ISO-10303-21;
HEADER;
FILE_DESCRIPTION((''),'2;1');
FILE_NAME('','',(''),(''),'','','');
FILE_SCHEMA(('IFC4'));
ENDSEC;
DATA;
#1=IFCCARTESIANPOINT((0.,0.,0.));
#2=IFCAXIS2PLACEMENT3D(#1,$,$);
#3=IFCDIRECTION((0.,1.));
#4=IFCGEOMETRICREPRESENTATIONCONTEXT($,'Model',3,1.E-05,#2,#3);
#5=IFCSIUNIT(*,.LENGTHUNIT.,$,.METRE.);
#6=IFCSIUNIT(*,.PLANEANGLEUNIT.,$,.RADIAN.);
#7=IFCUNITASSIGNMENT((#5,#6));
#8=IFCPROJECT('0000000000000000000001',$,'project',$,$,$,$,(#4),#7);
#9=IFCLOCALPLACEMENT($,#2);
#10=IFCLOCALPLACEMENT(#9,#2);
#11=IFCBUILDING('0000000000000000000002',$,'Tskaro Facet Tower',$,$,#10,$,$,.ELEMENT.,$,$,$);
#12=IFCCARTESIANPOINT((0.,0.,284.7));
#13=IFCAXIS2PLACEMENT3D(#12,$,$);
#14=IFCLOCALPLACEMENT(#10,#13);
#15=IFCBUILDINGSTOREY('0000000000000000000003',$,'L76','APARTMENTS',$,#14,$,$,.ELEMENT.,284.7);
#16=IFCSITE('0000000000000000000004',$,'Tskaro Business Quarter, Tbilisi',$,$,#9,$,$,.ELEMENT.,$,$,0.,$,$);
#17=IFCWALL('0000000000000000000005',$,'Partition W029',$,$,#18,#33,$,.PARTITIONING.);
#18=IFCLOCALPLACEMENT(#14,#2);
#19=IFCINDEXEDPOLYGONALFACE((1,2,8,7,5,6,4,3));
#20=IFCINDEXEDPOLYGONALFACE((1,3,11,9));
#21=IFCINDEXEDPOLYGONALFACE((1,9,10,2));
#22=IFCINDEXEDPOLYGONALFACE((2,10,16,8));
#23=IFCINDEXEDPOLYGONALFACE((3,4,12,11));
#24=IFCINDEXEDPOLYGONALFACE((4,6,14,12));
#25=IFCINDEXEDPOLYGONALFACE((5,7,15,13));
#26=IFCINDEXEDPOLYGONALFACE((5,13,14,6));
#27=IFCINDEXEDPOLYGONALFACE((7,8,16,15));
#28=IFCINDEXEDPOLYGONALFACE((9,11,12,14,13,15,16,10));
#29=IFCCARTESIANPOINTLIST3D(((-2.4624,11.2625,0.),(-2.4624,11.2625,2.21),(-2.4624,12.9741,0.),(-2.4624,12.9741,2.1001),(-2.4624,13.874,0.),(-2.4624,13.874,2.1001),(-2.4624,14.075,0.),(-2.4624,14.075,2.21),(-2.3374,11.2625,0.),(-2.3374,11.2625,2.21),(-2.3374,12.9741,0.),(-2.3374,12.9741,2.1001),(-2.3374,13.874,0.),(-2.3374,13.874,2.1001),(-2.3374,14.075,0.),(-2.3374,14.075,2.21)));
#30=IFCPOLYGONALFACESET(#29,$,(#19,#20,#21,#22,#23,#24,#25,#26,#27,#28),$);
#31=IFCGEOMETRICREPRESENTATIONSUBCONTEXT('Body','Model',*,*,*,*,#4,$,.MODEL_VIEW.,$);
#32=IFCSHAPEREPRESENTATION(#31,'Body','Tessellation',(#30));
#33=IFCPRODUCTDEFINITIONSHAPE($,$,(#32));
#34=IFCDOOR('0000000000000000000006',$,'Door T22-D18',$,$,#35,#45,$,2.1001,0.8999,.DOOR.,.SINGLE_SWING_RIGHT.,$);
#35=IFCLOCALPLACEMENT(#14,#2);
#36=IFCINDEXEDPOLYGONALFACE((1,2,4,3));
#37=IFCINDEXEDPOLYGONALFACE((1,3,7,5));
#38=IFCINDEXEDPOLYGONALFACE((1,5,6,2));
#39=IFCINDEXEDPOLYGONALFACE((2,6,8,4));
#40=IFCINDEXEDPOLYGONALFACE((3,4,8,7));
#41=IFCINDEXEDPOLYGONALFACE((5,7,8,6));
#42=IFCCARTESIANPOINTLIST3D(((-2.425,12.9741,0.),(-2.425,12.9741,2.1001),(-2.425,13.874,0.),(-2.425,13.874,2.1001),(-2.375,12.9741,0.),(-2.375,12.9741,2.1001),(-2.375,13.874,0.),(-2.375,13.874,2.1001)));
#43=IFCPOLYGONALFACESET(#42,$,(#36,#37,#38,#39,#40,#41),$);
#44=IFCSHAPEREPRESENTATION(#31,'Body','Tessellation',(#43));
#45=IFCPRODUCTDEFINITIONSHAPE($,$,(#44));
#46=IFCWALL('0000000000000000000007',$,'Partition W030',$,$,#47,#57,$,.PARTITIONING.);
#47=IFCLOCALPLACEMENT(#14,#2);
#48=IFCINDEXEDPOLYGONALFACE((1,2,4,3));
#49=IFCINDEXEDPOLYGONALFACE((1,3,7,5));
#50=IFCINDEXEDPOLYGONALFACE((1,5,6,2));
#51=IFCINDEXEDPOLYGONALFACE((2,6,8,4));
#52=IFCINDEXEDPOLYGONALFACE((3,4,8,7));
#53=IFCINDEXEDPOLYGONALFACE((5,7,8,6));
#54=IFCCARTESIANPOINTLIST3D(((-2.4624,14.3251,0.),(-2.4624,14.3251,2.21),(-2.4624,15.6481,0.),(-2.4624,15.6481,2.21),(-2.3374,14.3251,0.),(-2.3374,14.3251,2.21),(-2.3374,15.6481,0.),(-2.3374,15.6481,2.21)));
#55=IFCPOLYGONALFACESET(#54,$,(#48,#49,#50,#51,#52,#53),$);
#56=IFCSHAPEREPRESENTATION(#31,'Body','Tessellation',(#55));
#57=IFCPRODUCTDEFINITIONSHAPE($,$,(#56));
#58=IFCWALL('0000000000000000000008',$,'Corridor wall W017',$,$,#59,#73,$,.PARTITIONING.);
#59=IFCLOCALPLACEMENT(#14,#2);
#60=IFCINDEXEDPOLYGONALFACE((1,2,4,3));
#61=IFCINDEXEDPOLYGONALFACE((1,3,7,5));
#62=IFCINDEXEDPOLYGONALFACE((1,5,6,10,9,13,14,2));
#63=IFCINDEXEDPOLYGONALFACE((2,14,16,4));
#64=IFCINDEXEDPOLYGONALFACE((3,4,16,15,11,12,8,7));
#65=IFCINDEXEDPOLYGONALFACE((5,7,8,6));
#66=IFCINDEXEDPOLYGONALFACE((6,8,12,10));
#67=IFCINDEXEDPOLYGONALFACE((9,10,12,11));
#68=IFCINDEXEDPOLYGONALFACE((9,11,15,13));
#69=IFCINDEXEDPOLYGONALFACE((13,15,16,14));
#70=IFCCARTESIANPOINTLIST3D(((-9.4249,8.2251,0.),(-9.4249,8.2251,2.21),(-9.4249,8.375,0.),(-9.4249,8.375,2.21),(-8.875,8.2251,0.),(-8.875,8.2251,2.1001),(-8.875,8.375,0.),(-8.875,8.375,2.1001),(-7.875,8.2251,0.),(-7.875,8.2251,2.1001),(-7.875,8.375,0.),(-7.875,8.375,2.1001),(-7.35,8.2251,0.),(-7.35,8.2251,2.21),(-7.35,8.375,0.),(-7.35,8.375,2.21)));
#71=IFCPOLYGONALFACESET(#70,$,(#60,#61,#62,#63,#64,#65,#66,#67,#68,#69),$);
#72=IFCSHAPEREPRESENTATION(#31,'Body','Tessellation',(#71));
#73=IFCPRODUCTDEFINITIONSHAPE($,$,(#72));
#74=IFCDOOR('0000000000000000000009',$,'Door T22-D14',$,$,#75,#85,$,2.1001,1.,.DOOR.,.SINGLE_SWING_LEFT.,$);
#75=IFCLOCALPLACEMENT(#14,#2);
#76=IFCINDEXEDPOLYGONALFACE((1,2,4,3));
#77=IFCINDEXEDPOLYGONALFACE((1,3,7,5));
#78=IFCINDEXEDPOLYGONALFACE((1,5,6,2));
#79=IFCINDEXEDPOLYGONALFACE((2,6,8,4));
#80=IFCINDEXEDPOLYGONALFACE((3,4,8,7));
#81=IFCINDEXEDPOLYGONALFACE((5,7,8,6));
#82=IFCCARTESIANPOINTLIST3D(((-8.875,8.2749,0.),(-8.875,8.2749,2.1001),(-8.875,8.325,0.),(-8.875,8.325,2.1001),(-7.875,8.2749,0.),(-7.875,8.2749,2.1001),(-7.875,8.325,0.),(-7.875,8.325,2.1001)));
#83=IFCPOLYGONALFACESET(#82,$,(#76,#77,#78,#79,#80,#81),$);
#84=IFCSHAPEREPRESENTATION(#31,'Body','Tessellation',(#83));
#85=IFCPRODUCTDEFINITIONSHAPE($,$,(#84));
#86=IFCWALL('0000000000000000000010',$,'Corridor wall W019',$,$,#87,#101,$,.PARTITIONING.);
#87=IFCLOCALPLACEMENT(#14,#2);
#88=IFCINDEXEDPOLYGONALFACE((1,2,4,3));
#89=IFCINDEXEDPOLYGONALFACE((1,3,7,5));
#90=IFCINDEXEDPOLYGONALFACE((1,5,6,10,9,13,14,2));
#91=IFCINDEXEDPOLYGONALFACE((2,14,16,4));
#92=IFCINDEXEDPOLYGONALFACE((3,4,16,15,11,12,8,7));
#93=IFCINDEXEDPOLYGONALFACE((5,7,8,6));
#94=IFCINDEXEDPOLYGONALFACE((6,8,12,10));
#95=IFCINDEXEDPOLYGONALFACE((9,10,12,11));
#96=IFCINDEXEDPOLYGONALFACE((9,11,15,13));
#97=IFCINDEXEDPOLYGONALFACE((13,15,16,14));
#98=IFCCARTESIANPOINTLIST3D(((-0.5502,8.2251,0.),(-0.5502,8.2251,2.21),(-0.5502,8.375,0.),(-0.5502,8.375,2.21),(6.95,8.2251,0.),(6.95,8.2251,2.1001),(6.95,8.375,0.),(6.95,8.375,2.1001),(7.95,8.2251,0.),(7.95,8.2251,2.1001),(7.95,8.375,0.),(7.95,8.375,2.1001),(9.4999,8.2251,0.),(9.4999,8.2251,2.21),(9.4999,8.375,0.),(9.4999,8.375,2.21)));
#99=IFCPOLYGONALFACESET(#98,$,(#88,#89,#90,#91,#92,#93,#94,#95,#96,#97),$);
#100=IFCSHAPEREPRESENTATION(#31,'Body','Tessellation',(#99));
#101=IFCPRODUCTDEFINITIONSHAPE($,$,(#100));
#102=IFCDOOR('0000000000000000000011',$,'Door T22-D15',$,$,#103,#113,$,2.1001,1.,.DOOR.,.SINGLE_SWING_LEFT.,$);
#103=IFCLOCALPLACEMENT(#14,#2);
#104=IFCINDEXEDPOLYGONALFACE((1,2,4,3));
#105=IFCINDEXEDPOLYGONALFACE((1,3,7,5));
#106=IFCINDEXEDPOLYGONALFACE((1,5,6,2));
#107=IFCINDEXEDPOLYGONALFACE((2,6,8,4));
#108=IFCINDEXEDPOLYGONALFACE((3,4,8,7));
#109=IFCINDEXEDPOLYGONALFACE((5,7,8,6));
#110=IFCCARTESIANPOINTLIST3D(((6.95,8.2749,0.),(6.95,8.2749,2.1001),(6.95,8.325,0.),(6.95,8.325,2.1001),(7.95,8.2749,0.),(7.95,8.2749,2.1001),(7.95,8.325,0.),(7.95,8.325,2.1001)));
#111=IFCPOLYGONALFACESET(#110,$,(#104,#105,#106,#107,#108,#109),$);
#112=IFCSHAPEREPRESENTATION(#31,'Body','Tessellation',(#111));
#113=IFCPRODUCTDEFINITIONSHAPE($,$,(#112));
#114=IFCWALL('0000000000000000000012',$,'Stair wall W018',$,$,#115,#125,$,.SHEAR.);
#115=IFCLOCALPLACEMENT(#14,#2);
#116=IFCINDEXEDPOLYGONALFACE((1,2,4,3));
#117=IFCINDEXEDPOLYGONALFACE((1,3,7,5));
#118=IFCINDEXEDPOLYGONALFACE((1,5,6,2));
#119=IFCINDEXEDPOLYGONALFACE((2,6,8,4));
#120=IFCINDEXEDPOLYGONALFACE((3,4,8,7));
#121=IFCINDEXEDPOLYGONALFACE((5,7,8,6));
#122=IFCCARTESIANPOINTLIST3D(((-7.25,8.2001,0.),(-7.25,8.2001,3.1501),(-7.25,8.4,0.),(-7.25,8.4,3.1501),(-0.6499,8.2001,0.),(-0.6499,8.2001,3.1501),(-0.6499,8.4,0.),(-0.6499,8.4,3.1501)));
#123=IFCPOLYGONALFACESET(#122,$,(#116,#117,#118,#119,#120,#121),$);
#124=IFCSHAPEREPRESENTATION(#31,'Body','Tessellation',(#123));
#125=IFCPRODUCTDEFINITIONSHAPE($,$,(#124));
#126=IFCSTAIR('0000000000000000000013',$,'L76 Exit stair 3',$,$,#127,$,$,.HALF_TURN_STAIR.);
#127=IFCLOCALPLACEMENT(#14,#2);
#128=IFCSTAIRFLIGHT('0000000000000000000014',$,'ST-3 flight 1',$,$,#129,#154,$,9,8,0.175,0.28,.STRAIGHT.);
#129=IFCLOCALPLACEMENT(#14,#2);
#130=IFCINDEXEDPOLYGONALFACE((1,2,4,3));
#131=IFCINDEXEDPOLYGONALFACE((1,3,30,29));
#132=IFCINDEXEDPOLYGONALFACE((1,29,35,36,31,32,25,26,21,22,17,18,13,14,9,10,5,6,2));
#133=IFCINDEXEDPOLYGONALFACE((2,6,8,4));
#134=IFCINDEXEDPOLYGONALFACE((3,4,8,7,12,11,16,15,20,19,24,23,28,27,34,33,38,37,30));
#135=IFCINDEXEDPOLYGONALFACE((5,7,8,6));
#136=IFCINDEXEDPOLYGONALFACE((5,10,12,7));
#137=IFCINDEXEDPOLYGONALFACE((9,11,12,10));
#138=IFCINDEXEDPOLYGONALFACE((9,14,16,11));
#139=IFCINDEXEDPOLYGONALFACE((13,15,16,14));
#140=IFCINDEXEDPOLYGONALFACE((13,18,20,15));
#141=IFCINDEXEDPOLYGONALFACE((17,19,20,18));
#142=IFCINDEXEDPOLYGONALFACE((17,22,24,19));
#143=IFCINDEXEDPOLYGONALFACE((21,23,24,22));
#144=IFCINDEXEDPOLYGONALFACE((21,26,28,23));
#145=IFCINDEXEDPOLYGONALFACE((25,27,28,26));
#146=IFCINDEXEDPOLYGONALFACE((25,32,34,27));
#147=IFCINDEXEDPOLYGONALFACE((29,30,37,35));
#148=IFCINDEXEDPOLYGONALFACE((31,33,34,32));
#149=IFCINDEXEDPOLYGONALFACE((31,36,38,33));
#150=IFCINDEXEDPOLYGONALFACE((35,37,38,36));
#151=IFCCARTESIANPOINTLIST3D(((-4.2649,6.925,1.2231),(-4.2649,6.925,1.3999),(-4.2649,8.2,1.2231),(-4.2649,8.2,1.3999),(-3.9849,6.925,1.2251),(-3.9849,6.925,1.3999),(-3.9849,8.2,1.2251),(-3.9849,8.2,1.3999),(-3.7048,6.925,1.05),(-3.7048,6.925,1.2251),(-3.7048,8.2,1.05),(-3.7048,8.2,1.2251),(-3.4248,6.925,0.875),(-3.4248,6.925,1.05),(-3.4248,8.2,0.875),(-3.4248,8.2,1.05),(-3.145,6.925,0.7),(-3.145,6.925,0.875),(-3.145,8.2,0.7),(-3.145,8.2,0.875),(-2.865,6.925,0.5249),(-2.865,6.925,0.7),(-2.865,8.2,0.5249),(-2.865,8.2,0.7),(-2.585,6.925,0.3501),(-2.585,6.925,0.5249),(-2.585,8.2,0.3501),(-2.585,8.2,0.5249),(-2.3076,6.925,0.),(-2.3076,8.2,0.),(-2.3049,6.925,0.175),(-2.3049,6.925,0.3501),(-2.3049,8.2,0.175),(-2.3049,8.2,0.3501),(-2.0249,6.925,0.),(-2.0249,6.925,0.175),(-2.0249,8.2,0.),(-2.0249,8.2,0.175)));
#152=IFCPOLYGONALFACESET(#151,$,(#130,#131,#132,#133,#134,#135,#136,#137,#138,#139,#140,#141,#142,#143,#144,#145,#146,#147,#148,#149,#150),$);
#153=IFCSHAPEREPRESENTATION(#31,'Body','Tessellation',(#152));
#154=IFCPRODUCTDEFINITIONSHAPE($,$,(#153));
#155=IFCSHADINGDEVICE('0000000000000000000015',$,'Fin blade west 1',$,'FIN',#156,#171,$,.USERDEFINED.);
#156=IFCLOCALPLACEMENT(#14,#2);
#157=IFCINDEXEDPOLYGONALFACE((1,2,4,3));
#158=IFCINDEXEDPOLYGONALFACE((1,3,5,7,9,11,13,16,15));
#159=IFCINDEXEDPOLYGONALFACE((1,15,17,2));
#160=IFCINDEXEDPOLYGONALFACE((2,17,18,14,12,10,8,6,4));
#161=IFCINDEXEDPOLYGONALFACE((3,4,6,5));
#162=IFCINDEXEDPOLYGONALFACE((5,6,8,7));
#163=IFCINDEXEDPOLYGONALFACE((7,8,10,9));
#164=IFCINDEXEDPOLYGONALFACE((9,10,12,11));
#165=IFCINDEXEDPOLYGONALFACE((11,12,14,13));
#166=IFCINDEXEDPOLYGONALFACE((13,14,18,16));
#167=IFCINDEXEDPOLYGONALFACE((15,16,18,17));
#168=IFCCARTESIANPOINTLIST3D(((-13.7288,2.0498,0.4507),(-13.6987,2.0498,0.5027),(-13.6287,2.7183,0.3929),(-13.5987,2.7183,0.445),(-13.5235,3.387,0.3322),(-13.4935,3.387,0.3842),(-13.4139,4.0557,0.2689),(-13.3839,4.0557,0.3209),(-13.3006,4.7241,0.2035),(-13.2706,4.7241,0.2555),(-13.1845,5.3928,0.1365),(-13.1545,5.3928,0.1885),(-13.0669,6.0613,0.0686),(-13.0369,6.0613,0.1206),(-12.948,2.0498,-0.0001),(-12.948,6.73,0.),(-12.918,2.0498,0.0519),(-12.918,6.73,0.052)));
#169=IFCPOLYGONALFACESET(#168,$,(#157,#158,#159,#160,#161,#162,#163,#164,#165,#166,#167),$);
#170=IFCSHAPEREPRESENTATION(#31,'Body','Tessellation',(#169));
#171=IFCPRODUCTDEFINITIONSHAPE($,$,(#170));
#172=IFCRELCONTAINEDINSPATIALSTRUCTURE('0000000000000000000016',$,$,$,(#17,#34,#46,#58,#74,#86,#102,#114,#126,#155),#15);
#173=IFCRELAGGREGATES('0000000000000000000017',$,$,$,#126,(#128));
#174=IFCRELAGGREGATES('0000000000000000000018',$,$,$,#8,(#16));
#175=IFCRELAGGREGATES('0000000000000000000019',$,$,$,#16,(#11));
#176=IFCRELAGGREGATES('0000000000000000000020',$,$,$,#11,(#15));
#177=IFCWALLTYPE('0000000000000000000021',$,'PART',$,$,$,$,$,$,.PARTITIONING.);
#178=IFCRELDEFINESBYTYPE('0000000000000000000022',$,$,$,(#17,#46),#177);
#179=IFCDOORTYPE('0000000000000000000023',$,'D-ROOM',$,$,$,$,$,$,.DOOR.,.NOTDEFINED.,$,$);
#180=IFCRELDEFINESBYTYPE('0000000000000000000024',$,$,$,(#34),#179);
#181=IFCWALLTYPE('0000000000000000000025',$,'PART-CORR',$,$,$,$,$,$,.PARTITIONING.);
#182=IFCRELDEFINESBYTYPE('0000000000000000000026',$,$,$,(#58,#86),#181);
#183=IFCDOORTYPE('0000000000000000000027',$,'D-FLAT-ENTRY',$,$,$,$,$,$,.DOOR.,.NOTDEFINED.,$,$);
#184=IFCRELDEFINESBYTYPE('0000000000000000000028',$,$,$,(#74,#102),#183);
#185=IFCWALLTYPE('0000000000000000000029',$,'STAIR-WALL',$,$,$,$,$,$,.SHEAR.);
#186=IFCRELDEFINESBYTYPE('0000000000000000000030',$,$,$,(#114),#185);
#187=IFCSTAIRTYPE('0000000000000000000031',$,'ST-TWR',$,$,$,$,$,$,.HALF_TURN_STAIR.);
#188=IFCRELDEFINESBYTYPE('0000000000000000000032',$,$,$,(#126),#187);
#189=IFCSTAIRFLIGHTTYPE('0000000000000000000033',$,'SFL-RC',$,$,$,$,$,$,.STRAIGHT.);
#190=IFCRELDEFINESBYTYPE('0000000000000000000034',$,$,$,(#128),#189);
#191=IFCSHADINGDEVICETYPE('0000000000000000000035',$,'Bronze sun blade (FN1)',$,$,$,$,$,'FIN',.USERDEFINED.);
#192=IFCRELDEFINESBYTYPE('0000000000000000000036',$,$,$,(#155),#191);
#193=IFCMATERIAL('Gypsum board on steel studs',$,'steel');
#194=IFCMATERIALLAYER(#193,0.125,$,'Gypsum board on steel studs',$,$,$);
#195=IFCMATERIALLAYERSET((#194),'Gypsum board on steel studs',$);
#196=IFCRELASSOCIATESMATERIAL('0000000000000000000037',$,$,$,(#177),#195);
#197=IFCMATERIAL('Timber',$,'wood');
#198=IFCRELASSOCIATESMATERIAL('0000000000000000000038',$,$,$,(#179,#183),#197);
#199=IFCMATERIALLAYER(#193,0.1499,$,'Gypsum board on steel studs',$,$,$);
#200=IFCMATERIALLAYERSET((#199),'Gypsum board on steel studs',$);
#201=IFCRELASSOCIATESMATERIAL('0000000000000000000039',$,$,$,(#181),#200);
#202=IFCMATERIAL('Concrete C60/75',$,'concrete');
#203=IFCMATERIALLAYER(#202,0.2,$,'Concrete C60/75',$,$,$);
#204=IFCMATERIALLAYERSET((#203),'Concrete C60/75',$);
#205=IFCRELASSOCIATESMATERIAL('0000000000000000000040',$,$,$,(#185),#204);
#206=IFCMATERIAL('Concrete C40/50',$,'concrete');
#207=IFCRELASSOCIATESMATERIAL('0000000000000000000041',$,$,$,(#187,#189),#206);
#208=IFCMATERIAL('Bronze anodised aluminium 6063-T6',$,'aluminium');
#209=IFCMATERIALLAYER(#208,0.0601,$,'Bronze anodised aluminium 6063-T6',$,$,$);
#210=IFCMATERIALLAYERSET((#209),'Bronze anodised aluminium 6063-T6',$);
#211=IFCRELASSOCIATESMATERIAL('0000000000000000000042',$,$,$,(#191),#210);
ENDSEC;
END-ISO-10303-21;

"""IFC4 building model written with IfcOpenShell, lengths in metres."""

from ifc_helpers import new_model, si_unit, direction, frame, frame_2d, origin, place, context, subcontext, project, spatial, polyline, rectangle, outline, extrude, material, layer, layer_set, type_object, element, fill, aggregate, save


model = new_model("IFC4")

# Units and contexts
model_context = context("Model", 3, precision=1e-05, world=origin(), true_north=direction((0.0, 1.0)))
body_context = subcontext(model_context, "Body", "Model", "MODEL_VIEW")
ifc_project = project(units=[si_unit("LENGTHUNIT", "METRE"), si_unit("PLANEANGLEUNIT", "RADIAN")], contexts=[model_context])

# Site, building, storey
site_placement = place(None, origin())
site = spatial("IfcSite", under=ifc_project, at=site_placement, Name="Tskaro Business Quarter, Tbilisi", CompositionType="ELEMENT", RefElevation=0.0)
building_placement = place(site_placement, origin())
building = spatial("IfcBuilding", under=site, at=building_placement, Name="Tskaro Facet Tower", CompositionType="ELEMENT")
storey_placement = place(building_placement, frame((0.0, 0.0, 284.7)))
storey = spatial("IfcBuildingStorey", under=building, at=storey_placement, Name="L76", Description="APARTMENTS", CompositionType="ELEMENT", Elevation=284.7)

# Shared definitions
ifc_material_1 = material(Name="Bronze anodised aluminium 6063-T6", Category="aluminium")

# Shared definitions
ifc_material_2 = material(Name="Gypsum board on steel studs", Category="steel")
ifc_layer_1 = layer(ifc_material_2, 0.125, Name="Gypsum board on steel studs")
ifc_layer_set_1 = layer_set([ifc_layer_1], Name="Gypsum board on steel studs")
wall_type_1 = type_object("IfcWallType", Name="PART", PredefinedType="PARTITIONING", material=ifc_layer_set_1)

# Wall, opening, door
wall_1_placement = place(storey_placement, frame((-2.3999, 14.075, 0.0), z_axis=(0.0, 0.0, 1.0), x_axis=(0.0, -1.0, 0.0)))
wall_1 = element("IfcWall", 1, at=wall_1_placement, inside=storey, type_object=wall_type_1, Name="Partition W029", PredefinedType="PARTITIONING", context=body_context, shape_type="SweptSolid", body=[
    extrude(rectangle(XDim=2.8125, YDim=0.125, at=frame_2d((1.4062, 0.0))), origin(), (0.0, 0.0, 1.0), 2.21),
])
opening_1_placement = place(wall_1_placement, frame((0.2009, 0.0, 0.0)))
opening_1 = element("IfcOpeningElement", 2, at=opening_1_placement, cuts=wall_1, PredefinedType="OPENING", context=body_context, shape_type="SweptSolid", body=[
    extrude(rectangle(XDim=0.8999, YDim=2.1001, at=frame_2d((0.45, 1.05))), frame((0.0, 0.0725, 0.0), z_axis=(0.0, -1.0, 0.0), x_axis=(1.0, 0.0, 0.0)), (0.0, 0.0, 1.0), 0.145),
])
ifc_material_3 = material(Name="Timber", Category="wood")
door_type_1 = type_object("IfcDoorType", Name="D-ROOM", OperationType="NOTDEFINED", PredefinedType="DOOR", material=ifc_material_3)
door_1_placement = place(opening_1_placement, origin())
door_1 = element("IfcDoor", 3, at=door_1_placement, inside=storey, type_object=door_type_1, Name="Door T22-D18", OperationType="SINGLE_SWING_RIGHT", OverallHeight=2.1001, OverallWidth=0.8999, PredefinedType="DOOR", context=body_context, shape_type="SweptSolid", body=[
    extrude(rectangle(XDim=0.8999, YDim=2.1001, at=frame_2d((0.45, 1.05))), frame((0.0, 0.0249, 0.0), z_axis=(0.0, -1.0, 0.0), x_axis=(1.0, 0.0, 0.0)), (0.0, 0.0, 1.0), 0.05),
])
fill(opening_1, door_1)

# Wall
wall_2_placement = place(storey_placement, frame((-2.3999, 14.325, 0.0), z_axis=(0.0, 0.0, 1.0), x_axis=(0.0, 1.0, 0.0)))
element("IfcWall", 4, at=wall_2_placement, inside=storey, type_object=wall_type_1, Name="Partition W030", PredefinedType="PARTITIONING", context=body_context, shape_type="SweptSolid", body=[
    extrude(rectangle(XDim=1.323, YDim=0.125, at=frame_2d((0.6616, 0.0))), origin(), (0.0, 0.0, 1.0), 2.21),
])

# Walls, openings, doors
ifc_layer_2 = layer(ifc_material_2, 0.1499, Name="Gypsum board on steel studs")
ifc_layer_set_2 = layer_set([ifc_layer_2], Name="Gypsum board on steel studs")
wall_type_2 = type_object("IfcWallType", Name="PART-CORR", PredefinedType="PARTITIONING", material=ifc_layer_set_2)
wall_3_placement = place(storey_placement, frame((-9.425, 8.3, 0.0), z_axis=(0.0, 0.0, 1.0), x_axis=(1.0, 0.0, 0.0)))
wall_3 = element("IfcWall", 5, at=wall_3_placement, inside=storey, type_object=wall_type_2, Name="Corridor wall W017", PredefinedType="PARTITIONING", context=body_context, shape_type="SweptSolid", body=[
    extrude(rectangle(XDim=2.075, YDim=0.1499, at=frame_2d((1.0376, 0.0))), origin(), (0.0, 0.0, 1.0), 2.21),
])
opening_2_placement = place(wall_3_placement, frame((0.55, 0.0, 0.0)))
opening_2 = element("IfcOpeningElement", 6, at=opening_2_placement, cuts=wall_3, PredefinedType="OPENING", context=body_context, shape_type="SweptSolid", body=[
    extrude(rectangle(XDim=1.0, YDim=2.1001, at=frame_2d((0.5, 1.05))), frame((0.0, 0.085, 0.0), z_axis=(0.0, -1.0, 0.0), x_axis=(1.0, 0.0, 0.0)), (0.0, 0.0, 1.0), 0.1699),
])
door_type_2 = type_object("IfcDoorType", Name="D-FLAT-ENTRY", OperationType="NOTDEFINED", PredefinedType="DOOR", material=ifc_material_3)
door_2_placement = place(opening_2_placement, origin())
door_2 = element("IfcDoor", 7, at=door_2_placement, inside=storey, type_object=door_type_2, Name="Door T22-D14", OperationType="SINGLE_SWING_LEFT", OverallHeight=2.1001, OverallWidth=1.0, PredefinedType="DOOR", context=body_context, shape_type="SweptSolid", body=[
    extrude(rectangle(XDim=1.0, YDim=2.1001, at=frame_2d((0.5, 1.05))), frame((0.0, 0.0249, 0.0), z_axis=(0.0, -1.0, 0.0), x_axis=(1.0, 0.0, 0.0)), (0.0, 0.0, 1.0), 0.05),
])
fill(opening_2, door_2)
wall_4_placement = place(storey_placement, frame((-0.55, 8.3, 0.0), z_axis=(0.0, 0.0, 1.0), x_axis=(1.0, 0.0, 0.0)))
wall_4 = element("IfcWall", 8, at=wall_4_placement, inside=storey, type_object=wall_type_2, Name="Corridor wall W019", PredefinedType="PARTITIONING", context=body_context, shape_type="SweptSolid", body=[
    extrude(rectangle(XDim=10.05, YDim=0.1499, at=frame_2d((5.0249, 0.0))), origin(), (0.0, 0.0, 1.0), 2.21),
])
opening_3_placement = place(wall_4_placement, frame((7.5, 0.0, 0.0)))
opening_3 = element("IfcOpeningElement", 9, at=opening_3_placement, cuts=wall_4, PredefinedType="OPENING", context=body_context, shape_type="SweptSolid", body=[
    extrude(rectangle(XDim=1.0, YDim=2.1001, at=frame_2d((0.5, 1.05))), frame((0.0, 0.085, 0.0), z_axis=(0.0, -1.0, 0.0), x_axis=(1.0, 0.0, 0.0)), (0.0, 0.0, 1.0), 0.1699),
])
door_3_placement = place(opening_3_placement, origin())
door_3 = element("IfcDoor", 10, at=door_3_placement, inside=storey, type_object=door_type_2, Name="Door T22-D15", OperationType="SINGLE_SWING_LEFT", OverallHeight=2.1001, OverallWidth=1.0, PredefinedType="DOOR", context=body_context, shape_type="SweptSolid", body=[
    extrude(rectangle(XDim=1.0, YDim=2.1001, at=frame_2d((0.5, 1.05))), frame((0.0, 0.0249, 0.0), z_axis=(0.0, -1.0, 0.0), x_axis=(1.0, 0.0, 0.0)), (0.0, 0.0, 1.0), 0.05),
])
fill(opening_3, door_3)

# Wall
ifc_material_4 = material(Name="Concrete C60/75", Category="concrete")
ifc_layer_3 = layer(ifc_material_4, 0.2, Name="Concrete C60/75")
ifc_layer_set_3 = layer_set([ifc_layer_3], Name="Concrete C60/75")
wall_type_3 = type_object("IfcWallType", Name="STAIR-WALL", PredefinedType="SHEAR", material=ifc_layer_set_3)
wall_5_placement = place(storey_placement, frame((-7.25, 8.3, 0.0), z_axis=(0.0, 0.0, 1.0), x_axis=(1.0, 0.0, 0.0)))
element("IfcWall", 11, at=wall_5_placement, inside=storey, type_object=wall_type_3, Name="Stair wall W018", PredefinedType="SHEAR", context=body_context, shape_type="SweptSolid", body=[
    extrude(rectangle(XDim=6.6001, YDim=0.2, at=frame_2d((3.3, 0.0))), origin(), (0.0, 0.0, 1.0), 3.1501),
])

# Stair, stair flight
ifc_material_5 = material(Name="Concrete C40/50", Category="concrete")
stair_type = type_object("IfcStairType", Name="ST-TWR", PredefinedType="HALF_TURN_STAIR", material=ifc_material_5)
stair_placement = place(storey_placement, origin())
stair = element("IfcStair", 12, at=stair_placement, inside=storey, type_object=stair_type, Name="L76 Exit stair 3", PredefinedType="HALF_TURN_STAIR")
stair_flight_type = type_object("IfcStairFlightType", Name="SFL-RC", PredefinedType="STRAIGHT", material=ifc_material_5)
stair_flight_placement = place(storey_placement, frame((-2.0249, 7.5625, 0.0), z_axis=(0.0, 0.0, 1.0), x_axis=(-1.0, 0.0, 0.0)))
stair_flight = element("IfcStairFlight", 13, at=stair_flight_placement, type_object=stair_flight_type, Name="ST-3 flight 1", NumberOfRisers=9, NumberOfTreads=8, PredefinedType="STRAIGHT", RiserHeight=0.175, TreadLength=0.28, context=body_context, shape_type="SweptSolid", body=[
    extrude(outline(polyline([(0.0, 0.0), (0.0, 0.175), (0.28, 0.175), (0.28, 0.3501), (0.5601, 0.3501), (0.5601, 0.5249), (0.8401, 0.5249), (0.8401, 0.7), (1.1201, 0.7), (1.1201, 0.875), (1.3999, 0.875), (1.3999, 1.05), (1.6799, 1.05), (1.6799, 1.2251), (1.96, 1.2251), (1.96, 1.3999), (2.24, 1.3999), (2.24, 1.575), (2.24, 1.2231), (0.2827, 0.0), (0.0, 0.0)])), frame((0.0, 0.6375, 0.0), z_axis=(0.0, -1.0, 0.0), x_axis=(1.0, 0.0, 0.0)), (0.0, 0.0, 1.0), 1.2749),
])
aggregate(stair, [stair_flight])

# Shading device
ifc_layer_4 = layer(ifc_material_1, 0.0601, Name="Bronze anodised aluminium 6063-T6")
ifc_layer_set_4 = layer_set([ifc_layer_4], Name="Bronze anodised aluminium 6063-T6")
shading_device_type = type_object("IfcShadingDeviceType", Name="Bronze sun blade (FN1)", ElementType="FIN", PredefinedType="USERDEFINED", material=ifc_layer_set_4)
shading_device_placement = place(storey_placement, frame((-12.918, 6.73, 0.052), z_axis=(0.500025, -0.000021, 0.866011), x_axis=(-0.000011, -1.0, -0.000018)))
element("IfcShadingDevice", 14, at=shading_device_placement, inside=storey, type_object=shading_device_type, Name="Fin blade west 1", ObjectType="FIN", PredefinedType="USERDEFINED", context=body_context, shape_type="SweptSolid", body=[
    extrude(outline(polyline([(0.0, 0.0), (4.6802, 0.0), (4.6802, -0.9015), (4.0117, -0.786), (3.343, -0.6645), (2.6743, -0.5379), (2.0059, -0.4071), (1.3372, -0.2731), (0.6687, -0.1373), (0.0, 0.0)])), origin(), (0.0, 0.0, -1.0), 0.0601),
])

save(model, "model.ifc")
